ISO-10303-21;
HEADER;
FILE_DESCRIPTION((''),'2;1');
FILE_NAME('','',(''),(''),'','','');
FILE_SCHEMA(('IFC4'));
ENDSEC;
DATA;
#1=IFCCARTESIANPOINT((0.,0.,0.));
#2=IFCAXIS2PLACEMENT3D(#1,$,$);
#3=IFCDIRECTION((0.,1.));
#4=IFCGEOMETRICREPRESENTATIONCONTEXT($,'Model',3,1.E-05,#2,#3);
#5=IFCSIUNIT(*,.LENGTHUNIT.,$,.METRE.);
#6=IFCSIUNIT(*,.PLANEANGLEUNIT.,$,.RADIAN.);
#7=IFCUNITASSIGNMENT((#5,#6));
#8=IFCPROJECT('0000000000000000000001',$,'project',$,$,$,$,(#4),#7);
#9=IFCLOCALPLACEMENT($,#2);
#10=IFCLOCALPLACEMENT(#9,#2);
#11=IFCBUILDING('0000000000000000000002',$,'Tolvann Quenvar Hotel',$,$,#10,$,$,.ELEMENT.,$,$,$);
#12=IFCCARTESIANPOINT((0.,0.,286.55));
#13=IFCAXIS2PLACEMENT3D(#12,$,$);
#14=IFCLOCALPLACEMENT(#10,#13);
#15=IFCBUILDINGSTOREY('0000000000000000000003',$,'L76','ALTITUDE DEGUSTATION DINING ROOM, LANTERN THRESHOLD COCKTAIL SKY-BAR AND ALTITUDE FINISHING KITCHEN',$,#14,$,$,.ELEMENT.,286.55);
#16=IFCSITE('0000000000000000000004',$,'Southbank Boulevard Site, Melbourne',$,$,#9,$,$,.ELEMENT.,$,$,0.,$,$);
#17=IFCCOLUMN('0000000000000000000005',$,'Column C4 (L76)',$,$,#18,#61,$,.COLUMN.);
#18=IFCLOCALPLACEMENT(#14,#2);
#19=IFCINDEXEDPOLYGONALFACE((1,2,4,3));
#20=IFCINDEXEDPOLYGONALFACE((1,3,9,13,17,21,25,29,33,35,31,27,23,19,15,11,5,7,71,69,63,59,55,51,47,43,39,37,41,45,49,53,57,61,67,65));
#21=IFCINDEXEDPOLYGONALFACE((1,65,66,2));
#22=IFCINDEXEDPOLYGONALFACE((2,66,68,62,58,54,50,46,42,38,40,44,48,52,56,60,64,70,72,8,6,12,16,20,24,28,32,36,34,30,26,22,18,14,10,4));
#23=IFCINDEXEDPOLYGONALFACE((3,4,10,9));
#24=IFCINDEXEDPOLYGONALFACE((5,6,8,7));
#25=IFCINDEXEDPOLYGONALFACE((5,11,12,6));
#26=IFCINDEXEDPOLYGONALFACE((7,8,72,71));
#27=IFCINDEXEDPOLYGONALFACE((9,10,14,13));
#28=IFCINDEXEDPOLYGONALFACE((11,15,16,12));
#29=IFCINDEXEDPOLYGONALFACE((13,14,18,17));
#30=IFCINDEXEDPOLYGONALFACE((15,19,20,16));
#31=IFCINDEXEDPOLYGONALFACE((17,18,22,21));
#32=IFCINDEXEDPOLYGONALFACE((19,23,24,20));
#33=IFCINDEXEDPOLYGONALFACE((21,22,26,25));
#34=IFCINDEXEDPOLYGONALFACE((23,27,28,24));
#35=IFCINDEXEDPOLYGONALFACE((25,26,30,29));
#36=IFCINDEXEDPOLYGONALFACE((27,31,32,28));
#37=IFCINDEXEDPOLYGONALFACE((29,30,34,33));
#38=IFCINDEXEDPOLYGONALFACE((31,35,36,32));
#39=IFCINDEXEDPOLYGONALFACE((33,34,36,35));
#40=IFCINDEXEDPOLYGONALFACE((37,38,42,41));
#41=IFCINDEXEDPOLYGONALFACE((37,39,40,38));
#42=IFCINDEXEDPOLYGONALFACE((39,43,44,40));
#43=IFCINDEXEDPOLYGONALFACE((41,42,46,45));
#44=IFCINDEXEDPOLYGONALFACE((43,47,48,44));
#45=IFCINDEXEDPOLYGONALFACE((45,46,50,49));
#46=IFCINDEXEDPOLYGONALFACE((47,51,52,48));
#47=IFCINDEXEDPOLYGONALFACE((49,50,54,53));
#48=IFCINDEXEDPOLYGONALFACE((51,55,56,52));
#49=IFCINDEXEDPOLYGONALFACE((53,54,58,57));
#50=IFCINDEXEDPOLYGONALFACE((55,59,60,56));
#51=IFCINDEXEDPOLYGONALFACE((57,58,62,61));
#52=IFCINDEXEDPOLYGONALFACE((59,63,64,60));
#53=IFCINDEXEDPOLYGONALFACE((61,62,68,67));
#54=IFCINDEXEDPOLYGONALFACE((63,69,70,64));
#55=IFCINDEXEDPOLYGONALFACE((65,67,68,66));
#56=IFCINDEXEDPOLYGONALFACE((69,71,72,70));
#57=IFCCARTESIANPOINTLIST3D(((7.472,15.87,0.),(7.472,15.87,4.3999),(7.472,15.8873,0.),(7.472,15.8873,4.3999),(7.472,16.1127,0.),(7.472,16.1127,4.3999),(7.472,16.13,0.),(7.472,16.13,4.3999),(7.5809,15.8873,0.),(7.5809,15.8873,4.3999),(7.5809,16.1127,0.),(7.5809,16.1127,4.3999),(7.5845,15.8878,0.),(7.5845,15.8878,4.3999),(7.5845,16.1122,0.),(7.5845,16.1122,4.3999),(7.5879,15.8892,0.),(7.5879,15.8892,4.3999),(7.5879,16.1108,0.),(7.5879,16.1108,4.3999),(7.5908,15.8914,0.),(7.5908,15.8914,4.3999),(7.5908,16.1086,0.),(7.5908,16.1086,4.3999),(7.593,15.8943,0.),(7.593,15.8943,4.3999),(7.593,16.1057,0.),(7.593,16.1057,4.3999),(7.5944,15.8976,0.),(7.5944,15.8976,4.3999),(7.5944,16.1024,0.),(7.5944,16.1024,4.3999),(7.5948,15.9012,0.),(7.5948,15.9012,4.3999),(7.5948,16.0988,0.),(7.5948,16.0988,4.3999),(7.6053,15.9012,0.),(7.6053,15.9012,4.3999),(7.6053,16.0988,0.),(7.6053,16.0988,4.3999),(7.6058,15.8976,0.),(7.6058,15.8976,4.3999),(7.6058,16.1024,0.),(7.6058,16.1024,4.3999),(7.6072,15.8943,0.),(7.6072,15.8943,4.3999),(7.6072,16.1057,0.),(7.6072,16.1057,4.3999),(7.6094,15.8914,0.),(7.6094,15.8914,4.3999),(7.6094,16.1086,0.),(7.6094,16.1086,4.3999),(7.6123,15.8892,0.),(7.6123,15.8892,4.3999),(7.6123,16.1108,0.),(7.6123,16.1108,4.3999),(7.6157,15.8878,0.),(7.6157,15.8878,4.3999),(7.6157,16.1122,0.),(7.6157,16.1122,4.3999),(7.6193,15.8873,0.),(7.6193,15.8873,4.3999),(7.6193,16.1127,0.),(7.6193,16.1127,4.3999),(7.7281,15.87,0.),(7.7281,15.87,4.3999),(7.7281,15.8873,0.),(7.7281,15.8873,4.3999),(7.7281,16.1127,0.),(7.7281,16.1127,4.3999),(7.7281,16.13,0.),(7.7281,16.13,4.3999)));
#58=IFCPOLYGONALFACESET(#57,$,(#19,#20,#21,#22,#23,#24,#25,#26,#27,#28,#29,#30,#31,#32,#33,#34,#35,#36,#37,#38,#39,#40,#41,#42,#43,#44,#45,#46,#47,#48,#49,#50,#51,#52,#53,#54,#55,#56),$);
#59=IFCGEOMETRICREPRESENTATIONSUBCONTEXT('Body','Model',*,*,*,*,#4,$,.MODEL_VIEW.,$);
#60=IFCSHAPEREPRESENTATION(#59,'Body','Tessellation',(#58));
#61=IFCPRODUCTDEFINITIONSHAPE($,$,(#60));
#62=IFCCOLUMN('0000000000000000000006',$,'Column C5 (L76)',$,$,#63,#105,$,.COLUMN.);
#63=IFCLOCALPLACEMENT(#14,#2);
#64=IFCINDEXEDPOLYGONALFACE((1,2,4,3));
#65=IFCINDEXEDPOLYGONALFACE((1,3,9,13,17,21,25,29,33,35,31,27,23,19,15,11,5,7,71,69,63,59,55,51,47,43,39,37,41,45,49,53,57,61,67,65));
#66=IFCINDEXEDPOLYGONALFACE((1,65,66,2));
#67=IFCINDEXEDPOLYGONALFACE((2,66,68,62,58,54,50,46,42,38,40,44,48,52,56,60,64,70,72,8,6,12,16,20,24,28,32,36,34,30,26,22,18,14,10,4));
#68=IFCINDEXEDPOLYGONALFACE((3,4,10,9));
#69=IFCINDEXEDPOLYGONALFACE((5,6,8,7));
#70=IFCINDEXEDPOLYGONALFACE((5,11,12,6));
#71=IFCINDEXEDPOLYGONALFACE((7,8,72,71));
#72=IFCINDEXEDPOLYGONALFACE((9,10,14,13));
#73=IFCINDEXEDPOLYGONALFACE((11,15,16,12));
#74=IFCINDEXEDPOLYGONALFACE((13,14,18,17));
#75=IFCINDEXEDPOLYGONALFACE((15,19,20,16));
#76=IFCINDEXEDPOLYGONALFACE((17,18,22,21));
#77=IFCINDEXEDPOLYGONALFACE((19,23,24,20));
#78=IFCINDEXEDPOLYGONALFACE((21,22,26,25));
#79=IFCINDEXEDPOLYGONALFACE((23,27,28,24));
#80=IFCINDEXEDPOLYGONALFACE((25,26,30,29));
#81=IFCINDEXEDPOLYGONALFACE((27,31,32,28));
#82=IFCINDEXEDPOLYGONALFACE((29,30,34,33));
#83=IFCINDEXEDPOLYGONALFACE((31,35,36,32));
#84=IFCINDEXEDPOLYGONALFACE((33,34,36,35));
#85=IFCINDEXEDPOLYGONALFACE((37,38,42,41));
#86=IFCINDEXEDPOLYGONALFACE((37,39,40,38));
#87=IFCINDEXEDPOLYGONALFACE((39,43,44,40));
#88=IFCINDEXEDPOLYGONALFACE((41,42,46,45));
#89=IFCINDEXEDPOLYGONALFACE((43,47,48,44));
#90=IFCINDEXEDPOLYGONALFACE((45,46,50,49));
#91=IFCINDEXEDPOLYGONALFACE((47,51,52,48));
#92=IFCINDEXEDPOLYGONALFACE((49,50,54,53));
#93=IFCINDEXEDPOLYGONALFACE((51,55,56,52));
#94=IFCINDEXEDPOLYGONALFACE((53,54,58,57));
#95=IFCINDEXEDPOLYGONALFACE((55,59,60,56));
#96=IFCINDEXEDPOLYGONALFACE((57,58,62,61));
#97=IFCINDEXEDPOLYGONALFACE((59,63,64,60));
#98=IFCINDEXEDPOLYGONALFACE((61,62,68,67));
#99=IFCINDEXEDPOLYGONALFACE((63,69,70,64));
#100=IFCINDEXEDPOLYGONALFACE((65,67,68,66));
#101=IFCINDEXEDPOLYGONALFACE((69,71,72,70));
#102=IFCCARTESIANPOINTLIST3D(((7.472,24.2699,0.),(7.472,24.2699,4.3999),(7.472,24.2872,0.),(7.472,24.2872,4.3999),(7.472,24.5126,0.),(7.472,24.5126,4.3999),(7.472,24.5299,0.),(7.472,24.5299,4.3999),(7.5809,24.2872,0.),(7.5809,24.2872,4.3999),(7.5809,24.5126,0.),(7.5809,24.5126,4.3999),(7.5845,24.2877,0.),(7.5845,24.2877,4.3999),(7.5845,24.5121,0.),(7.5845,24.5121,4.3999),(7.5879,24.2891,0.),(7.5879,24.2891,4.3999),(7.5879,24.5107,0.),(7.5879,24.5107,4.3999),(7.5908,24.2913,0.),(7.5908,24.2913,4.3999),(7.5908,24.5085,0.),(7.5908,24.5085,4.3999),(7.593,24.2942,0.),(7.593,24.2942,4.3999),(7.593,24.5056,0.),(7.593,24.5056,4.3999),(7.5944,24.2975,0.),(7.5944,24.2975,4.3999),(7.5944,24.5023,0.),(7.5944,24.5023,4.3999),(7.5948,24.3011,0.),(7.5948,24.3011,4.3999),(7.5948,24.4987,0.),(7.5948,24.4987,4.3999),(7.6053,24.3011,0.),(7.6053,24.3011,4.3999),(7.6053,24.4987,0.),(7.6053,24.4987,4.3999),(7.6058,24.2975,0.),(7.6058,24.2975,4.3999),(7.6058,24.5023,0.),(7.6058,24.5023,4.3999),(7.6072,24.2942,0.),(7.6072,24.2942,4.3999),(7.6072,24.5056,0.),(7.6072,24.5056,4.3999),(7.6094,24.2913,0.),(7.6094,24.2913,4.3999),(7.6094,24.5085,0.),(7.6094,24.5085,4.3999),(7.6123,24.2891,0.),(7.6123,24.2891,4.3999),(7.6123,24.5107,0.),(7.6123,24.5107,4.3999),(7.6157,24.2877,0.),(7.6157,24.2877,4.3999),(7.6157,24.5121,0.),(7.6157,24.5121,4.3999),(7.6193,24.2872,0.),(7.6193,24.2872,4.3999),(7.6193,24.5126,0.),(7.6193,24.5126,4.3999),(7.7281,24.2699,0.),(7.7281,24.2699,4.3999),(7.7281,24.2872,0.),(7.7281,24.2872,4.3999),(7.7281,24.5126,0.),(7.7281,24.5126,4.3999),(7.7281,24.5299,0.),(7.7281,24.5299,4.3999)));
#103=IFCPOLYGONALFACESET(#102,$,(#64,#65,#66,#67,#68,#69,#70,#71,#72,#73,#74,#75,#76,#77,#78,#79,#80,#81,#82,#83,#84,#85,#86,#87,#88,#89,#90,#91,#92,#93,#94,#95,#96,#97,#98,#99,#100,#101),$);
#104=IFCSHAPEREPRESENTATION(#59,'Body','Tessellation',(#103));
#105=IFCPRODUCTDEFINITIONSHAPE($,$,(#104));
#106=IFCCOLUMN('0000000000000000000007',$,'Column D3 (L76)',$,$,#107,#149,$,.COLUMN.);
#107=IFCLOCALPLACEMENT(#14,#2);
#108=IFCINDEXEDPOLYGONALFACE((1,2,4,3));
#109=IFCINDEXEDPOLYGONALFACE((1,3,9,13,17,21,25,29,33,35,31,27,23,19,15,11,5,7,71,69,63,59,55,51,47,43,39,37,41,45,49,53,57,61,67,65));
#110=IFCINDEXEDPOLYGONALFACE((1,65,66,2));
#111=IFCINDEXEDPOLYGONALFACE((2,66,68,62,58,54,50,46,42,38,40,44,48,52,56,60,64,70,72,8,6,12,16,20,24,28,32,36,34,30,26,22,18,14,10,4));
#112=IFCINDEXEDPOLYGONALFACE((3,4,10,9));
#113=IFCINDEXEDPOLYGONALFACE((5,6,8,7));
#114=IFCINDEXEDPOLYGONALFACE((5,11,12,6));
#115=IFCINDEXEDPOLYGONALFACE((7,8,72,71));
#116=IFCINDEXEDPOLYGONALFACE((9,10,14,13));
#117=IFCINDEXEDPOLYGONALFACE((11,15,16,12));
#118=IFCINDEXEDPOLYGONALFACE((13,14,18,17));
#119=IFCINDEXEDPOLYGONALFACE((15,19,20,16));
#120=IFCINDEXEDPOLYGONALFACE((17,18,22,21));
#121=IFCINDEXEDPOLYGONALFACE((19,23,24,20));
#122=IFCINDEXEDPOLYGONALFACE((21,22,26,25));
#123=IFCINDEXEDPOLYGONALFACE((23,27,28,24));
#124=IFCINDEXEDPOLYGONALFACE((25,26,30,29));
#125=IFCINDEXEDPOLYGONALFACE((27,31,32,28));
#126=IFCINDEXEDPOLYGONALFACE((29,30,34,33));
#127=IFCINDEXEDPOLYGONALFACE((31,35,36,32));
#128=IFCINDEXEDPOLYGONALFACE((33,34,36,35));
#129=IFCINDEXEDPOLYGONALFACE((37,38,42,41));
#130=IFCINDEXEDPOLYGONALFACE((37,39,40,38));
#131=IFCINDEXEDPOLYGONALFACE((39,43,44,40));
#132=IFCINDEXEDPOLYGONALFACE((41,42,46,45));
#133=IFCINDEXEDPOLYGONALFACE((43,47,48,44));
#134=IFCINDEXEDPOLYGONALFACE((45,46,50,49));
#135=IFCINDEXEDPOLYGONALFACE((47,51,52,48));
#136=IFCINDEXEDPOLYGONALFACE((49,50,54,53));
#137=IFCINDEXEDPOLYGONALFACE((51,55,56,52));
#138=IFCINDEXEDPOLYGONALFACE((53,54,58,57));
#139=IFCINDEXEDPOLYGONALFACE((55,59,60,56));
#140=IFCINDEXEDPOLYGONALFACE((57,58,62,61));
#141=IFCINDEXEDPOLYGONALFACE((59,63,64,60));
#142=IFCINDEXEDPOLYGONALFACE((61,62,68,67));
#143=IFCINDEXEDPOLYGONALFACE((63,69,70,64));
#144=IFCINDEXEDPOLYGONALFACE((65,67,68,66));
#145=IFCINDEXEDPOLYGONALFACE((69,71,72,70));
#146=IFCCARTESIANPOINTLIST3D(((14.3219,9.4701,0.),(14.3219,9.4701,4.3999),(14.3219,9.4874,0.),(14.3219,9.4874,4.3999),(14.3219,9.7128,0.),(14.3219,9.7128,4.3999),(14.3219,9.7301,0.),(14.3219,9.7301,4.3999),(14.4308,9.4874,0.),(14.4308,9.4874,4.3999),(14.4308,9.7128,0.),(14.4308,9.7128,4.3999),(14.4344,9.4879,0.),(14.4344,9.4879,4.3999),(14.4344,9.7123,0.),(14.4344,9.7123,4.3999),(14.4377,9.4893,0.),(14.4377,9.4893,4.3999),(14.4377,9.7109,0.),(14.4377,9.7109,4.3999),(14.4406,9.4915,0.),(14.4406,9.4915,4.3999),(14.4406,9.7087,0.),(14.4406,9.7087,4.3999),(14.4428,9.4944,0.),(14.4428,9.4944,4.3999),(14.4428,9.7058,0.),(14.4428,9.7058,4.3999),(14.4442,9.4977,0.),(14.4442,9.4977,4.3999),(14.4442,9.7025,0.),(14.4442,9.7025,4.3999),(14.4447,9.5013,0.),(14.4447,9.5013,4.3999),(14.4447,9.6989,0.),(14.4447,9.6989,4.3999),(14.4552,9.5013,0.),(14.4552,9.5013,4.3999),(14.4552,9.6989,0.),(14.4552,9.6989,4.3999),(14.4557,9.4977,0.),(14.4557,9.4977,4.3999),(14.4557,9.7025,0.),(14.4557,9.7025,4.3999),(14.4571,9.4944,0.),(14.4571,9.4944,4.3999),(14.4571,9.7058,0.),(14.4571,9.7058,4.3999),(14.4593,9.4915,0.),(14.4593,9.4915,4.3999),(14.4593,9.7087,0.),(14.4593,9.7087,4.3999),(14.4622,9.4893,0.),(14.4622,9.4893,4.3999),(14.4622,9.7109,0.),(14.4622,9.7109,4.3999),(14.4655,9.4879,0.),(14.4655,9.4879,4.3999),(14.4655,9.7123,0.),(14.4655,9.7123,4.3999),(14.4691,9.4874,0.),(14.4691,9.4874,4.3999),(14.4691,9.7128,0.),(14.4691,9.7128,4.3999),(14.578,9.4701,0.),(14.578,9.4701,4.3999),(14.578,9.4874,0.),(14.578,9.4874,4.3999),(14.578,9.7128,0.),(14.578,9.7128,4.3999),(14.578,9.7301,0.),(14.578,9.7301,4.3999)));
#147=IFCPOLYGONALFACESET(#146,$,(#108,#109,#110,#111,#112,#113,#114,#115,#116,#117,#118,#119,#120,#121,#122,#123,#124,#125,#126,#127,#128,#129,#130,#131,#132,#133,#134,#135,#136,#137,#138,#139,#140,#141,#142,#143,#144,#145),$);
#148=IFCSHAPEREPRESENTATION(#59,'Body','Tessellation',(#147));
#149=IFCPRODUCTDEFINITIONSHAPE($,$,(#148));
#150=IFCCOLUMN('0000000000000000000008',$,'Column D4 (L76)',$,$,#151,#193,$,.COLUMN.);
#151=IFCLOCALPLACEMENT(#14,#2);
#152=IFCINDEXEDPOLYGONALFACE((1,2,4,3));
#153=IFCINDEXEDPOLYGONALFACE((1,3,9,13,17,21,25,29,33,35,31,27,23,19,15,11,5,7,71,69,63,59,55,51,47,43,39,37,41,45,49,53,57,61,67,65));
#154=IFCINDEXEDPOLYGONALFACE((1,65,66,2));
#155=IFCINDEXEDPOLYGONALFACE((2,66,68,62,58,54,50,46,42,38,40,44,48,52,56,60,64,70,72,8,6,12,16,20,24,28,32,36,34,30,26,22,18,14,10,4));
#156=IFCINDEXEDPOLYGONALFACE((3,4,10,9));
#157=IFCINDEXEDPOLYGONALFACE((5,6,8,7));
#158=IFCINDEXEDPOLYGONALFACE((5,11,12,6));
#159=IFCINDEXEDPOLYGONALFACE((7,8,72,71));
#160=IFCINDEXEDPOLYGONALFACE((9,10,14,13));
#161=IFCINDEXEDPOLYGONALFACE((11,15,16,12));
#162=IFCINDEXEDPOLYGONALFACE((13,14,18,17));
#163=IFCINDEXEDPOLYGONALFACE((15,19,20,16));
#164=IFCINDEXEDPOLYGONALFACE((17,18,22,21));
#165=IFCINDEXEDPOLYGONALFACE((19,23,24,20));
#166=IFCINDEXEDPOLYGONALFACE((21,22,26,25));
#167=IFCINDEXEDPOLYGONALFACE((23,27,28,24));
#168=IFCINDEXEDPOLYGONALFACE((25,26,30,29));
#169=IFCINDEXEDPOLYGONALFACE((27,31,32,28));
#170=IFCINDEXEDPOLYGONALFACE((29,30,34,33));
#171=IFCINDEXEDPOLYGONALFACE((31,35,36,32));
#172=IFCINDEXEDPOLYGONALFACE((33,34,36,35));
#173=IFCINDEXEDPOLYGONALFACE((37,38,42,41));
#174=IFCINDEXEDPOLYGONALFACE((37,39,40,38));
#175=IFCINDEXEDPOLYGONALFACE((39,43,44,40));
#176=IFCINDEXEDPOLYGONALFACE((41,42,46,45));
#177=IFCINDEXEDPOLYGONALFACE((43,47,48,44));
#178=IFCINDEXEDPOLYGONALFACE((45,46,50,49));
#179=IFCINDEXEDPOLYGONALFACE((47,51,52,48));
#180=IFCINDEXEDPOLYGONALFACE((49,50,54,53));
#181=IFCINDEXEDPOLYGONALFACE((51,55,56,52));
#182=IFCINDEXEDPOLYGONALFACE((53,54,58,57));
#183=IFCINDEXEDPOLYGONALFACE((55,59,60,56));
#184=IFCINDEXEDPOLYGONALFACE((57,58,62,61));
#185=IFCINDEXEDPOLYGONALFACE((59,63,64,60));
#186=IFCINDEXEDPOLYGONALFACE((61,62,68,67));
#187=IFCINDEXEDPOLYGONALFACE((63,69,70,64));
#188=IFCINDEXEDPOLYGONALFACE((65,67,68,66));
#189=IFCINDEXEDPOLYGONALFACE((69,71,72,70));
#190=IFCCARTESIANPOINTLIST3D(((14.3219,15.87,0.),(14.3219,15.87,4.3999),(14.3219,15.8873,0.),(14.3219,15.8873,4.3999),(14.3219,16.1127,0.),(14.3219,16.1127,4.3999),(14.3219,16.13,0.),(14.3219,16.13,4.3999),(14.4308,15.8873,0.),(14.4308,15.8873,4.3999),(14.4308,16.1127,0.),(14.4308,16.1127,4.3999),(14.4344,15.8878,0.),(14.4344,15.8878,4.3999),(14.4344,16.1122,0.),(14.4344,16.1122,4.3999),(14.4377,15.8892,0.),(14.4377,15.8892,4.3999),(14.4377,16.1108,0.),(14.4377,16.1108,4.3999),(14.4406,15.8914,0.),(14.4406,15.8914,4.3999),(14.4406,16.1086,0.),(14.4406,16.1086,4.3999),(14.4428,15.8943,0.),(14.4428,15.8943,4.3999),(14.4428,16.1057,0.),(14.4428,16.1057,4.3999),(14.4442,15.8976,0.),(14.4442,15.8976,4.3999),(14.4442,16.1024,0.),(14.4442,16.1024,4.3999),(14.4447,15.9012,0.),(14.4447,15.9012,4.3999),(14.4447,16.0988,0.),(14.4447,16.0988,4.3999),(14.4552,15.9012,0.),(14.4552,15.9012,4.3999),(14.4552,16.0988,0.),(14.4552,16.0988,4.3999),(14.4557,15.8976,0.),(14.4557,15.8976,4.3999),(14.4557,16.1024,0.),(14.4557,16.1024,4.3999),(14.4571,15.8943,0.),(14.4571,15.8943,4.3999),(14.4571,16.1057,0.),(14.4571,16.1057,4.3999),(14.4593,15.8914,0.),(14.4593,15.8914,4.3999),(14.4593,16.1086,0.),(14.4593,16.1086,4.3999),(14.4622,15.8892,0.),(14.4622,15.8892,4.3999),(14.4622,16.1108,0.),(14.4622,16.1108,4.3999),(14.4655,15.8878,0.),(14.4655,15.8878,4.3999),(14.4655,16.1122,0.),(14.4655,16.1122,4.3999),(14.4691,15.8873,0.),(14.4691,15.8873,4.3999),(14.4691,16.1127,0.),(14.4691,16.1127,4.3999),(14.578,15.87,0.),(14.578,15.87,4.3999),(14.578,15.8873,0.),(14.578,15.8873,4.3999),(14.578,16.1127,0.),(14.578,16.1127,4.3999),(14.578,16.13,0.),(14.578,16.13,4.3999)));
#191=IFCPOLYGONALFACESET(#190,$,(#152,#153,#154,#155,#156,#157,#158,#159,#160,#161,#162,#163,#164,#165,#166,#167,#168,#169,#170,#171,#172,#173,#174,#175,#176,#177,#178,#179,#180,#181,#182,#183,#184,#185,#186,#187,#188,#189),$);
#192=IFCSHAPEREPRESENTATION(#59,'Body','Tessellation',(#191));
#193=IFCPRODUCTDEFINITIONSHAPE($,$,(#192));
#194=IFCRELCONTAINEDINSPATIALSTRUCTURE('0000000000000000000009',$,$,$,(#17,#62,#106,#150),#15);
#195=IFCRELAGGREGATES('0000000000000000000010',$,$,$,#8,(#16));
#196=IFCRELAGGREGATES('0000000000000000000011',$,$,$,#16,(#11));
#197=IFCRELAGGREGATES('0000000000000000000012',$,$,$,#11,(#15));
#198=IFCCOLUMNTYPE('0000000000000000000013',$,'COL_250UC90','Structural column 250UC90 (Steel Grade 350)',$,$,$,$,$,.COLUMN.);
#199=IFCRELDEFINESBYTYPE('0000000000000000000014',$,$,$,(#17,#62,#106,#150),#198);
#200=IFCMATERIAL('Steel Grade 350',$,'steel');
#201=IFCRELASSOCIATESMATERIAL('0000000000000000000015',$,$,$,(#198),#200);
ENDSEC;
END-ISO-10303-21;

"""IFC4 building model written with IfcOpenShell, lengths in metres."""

from ifc_helpers import new_model, si_unit, direction, frame, origin, origin_2d, place, context, subcontext, project, spatial, i_section, extrude, source, transform, mapped, material, material_profile, profile_set, type_object, type_shapes, element, save


model = new_model("IFC4")

# Units and contexts
model_context = context("Model", 3, precision=1e-05, world=origin(), true_north=direction((0.0, 1.0)))
body_context = subcontext(model_context, "Body", "Model", "MODEL_VIEW")
ifc_project = project(units=[si_unit("LENGTHUNIT", "METRE"), si_unit("PLANEANGLEUNIT", "RADIAN")], contexts=[model_context])

# Site, building, storey
site_placement = place(None, origin())
site = spatial("IfcSite", under=ifc_project, at=site_placement, Name="Southbank Boulevard Site, Melbourne", CompositionType="ELEMENT", RefElevation=0.0)
building_placement = place(site_placement, origin())
building = spatial("IfcBuilding", under=site, at=building_placement, Name="Tolvann Quenvar Hotel", CompositionType="ELEMENT")
storey_placement = place(building_placement, frame((0.0, 0.0, 286.55)))
storey = spatial("IfcBuildingStorey", under=building, at=storey_placement, Name="L76", Description="ALTITUDE DEGUSTATION DINING ROOM, LANTERN THRESHOLD COCKTAIL SKY-BAR AND ALTITUDE FINISHING KITCHEN", CompositionType="ELEMENT", Elevation=286.55)

# Columns
ifc_material_1 = material(Name="Steel Grade 350", Category="steel")
ifc_material_profile_1 = material_profile(ifc_material_1, i_section(OverallWidth=0.2561, OverallDepth=0.26, WebThickness=0.0105, FlangeThickness=0.0173, FilletRadius=0.0139, at=origin_2d()), Name="250UC90")
ifc_profile_set_1 = profile_set([ifc_material_profile_1], Name="Steel Grade 350")
column_type_1 = type_object("IfcColumnType", Name="COL_250UC90", Description="Structural column 250UC90 (Steel Grade 350)", PredefinedType="COLUMN", material=ifc_profile_set_1)
shared_shape_1 = source(origin(), body_context, "Body", "SweptSolid", [
    extrude(i_section(OverallWidth=0.2561, OverallDepth=0.26, WebThickness=0.0105, FlangeThickness=0.0173, FilletRadius=0.0139, at=origin_2d()), origin(), (0.0, 0.0, 1.0), 4.3999),
])
type_shapes(column_type_1, [shared_shape_1])
for number, where, z_axis, x_axis, name in (
    (1, (7.6001, 16.0, 0.0), (0.0, 0.0, 1.0), (1.0, 0.0, 0.0), "Column C4 (L76)"),
    (2, (7.6001, 24.3999, 0.0), (0.0, 0.0, 1.0), (1.0, 0.0, 0.0), "Column C5 (L76)"),
    (3, (14.45, 9.6001, 0.0), (0.0, 0.0, 1.0), (1.0, 0.0, 0.0), "Column D3 (L76)"),
    (4, (14.45, 16.0, 0.0), (0.0, 0.0, 1.0), (1.0, 0.0, 0.0), "Column D4 (L76)"),
):
    element("IfcColumn", number, at=place(storey_placement, frame(where, z_axis=z_axis, x_axis=x_axis)), inside=storey, type_object=column_type_1, Name=name, PredefinedType="COLUMN", context=body_context, shape_type="MappedRepresentation", body=[
        mapped(shared_shape_1, transform((0.0, 0.0, 0.0), x_axis=(1.0, 0.0, 0.0), y_axis=(0.0, 1.0, 0.0), z_axis=(0.0, 0.0, 1.0), scale=1.0)),
    ])

save(model, "model.ifc")
